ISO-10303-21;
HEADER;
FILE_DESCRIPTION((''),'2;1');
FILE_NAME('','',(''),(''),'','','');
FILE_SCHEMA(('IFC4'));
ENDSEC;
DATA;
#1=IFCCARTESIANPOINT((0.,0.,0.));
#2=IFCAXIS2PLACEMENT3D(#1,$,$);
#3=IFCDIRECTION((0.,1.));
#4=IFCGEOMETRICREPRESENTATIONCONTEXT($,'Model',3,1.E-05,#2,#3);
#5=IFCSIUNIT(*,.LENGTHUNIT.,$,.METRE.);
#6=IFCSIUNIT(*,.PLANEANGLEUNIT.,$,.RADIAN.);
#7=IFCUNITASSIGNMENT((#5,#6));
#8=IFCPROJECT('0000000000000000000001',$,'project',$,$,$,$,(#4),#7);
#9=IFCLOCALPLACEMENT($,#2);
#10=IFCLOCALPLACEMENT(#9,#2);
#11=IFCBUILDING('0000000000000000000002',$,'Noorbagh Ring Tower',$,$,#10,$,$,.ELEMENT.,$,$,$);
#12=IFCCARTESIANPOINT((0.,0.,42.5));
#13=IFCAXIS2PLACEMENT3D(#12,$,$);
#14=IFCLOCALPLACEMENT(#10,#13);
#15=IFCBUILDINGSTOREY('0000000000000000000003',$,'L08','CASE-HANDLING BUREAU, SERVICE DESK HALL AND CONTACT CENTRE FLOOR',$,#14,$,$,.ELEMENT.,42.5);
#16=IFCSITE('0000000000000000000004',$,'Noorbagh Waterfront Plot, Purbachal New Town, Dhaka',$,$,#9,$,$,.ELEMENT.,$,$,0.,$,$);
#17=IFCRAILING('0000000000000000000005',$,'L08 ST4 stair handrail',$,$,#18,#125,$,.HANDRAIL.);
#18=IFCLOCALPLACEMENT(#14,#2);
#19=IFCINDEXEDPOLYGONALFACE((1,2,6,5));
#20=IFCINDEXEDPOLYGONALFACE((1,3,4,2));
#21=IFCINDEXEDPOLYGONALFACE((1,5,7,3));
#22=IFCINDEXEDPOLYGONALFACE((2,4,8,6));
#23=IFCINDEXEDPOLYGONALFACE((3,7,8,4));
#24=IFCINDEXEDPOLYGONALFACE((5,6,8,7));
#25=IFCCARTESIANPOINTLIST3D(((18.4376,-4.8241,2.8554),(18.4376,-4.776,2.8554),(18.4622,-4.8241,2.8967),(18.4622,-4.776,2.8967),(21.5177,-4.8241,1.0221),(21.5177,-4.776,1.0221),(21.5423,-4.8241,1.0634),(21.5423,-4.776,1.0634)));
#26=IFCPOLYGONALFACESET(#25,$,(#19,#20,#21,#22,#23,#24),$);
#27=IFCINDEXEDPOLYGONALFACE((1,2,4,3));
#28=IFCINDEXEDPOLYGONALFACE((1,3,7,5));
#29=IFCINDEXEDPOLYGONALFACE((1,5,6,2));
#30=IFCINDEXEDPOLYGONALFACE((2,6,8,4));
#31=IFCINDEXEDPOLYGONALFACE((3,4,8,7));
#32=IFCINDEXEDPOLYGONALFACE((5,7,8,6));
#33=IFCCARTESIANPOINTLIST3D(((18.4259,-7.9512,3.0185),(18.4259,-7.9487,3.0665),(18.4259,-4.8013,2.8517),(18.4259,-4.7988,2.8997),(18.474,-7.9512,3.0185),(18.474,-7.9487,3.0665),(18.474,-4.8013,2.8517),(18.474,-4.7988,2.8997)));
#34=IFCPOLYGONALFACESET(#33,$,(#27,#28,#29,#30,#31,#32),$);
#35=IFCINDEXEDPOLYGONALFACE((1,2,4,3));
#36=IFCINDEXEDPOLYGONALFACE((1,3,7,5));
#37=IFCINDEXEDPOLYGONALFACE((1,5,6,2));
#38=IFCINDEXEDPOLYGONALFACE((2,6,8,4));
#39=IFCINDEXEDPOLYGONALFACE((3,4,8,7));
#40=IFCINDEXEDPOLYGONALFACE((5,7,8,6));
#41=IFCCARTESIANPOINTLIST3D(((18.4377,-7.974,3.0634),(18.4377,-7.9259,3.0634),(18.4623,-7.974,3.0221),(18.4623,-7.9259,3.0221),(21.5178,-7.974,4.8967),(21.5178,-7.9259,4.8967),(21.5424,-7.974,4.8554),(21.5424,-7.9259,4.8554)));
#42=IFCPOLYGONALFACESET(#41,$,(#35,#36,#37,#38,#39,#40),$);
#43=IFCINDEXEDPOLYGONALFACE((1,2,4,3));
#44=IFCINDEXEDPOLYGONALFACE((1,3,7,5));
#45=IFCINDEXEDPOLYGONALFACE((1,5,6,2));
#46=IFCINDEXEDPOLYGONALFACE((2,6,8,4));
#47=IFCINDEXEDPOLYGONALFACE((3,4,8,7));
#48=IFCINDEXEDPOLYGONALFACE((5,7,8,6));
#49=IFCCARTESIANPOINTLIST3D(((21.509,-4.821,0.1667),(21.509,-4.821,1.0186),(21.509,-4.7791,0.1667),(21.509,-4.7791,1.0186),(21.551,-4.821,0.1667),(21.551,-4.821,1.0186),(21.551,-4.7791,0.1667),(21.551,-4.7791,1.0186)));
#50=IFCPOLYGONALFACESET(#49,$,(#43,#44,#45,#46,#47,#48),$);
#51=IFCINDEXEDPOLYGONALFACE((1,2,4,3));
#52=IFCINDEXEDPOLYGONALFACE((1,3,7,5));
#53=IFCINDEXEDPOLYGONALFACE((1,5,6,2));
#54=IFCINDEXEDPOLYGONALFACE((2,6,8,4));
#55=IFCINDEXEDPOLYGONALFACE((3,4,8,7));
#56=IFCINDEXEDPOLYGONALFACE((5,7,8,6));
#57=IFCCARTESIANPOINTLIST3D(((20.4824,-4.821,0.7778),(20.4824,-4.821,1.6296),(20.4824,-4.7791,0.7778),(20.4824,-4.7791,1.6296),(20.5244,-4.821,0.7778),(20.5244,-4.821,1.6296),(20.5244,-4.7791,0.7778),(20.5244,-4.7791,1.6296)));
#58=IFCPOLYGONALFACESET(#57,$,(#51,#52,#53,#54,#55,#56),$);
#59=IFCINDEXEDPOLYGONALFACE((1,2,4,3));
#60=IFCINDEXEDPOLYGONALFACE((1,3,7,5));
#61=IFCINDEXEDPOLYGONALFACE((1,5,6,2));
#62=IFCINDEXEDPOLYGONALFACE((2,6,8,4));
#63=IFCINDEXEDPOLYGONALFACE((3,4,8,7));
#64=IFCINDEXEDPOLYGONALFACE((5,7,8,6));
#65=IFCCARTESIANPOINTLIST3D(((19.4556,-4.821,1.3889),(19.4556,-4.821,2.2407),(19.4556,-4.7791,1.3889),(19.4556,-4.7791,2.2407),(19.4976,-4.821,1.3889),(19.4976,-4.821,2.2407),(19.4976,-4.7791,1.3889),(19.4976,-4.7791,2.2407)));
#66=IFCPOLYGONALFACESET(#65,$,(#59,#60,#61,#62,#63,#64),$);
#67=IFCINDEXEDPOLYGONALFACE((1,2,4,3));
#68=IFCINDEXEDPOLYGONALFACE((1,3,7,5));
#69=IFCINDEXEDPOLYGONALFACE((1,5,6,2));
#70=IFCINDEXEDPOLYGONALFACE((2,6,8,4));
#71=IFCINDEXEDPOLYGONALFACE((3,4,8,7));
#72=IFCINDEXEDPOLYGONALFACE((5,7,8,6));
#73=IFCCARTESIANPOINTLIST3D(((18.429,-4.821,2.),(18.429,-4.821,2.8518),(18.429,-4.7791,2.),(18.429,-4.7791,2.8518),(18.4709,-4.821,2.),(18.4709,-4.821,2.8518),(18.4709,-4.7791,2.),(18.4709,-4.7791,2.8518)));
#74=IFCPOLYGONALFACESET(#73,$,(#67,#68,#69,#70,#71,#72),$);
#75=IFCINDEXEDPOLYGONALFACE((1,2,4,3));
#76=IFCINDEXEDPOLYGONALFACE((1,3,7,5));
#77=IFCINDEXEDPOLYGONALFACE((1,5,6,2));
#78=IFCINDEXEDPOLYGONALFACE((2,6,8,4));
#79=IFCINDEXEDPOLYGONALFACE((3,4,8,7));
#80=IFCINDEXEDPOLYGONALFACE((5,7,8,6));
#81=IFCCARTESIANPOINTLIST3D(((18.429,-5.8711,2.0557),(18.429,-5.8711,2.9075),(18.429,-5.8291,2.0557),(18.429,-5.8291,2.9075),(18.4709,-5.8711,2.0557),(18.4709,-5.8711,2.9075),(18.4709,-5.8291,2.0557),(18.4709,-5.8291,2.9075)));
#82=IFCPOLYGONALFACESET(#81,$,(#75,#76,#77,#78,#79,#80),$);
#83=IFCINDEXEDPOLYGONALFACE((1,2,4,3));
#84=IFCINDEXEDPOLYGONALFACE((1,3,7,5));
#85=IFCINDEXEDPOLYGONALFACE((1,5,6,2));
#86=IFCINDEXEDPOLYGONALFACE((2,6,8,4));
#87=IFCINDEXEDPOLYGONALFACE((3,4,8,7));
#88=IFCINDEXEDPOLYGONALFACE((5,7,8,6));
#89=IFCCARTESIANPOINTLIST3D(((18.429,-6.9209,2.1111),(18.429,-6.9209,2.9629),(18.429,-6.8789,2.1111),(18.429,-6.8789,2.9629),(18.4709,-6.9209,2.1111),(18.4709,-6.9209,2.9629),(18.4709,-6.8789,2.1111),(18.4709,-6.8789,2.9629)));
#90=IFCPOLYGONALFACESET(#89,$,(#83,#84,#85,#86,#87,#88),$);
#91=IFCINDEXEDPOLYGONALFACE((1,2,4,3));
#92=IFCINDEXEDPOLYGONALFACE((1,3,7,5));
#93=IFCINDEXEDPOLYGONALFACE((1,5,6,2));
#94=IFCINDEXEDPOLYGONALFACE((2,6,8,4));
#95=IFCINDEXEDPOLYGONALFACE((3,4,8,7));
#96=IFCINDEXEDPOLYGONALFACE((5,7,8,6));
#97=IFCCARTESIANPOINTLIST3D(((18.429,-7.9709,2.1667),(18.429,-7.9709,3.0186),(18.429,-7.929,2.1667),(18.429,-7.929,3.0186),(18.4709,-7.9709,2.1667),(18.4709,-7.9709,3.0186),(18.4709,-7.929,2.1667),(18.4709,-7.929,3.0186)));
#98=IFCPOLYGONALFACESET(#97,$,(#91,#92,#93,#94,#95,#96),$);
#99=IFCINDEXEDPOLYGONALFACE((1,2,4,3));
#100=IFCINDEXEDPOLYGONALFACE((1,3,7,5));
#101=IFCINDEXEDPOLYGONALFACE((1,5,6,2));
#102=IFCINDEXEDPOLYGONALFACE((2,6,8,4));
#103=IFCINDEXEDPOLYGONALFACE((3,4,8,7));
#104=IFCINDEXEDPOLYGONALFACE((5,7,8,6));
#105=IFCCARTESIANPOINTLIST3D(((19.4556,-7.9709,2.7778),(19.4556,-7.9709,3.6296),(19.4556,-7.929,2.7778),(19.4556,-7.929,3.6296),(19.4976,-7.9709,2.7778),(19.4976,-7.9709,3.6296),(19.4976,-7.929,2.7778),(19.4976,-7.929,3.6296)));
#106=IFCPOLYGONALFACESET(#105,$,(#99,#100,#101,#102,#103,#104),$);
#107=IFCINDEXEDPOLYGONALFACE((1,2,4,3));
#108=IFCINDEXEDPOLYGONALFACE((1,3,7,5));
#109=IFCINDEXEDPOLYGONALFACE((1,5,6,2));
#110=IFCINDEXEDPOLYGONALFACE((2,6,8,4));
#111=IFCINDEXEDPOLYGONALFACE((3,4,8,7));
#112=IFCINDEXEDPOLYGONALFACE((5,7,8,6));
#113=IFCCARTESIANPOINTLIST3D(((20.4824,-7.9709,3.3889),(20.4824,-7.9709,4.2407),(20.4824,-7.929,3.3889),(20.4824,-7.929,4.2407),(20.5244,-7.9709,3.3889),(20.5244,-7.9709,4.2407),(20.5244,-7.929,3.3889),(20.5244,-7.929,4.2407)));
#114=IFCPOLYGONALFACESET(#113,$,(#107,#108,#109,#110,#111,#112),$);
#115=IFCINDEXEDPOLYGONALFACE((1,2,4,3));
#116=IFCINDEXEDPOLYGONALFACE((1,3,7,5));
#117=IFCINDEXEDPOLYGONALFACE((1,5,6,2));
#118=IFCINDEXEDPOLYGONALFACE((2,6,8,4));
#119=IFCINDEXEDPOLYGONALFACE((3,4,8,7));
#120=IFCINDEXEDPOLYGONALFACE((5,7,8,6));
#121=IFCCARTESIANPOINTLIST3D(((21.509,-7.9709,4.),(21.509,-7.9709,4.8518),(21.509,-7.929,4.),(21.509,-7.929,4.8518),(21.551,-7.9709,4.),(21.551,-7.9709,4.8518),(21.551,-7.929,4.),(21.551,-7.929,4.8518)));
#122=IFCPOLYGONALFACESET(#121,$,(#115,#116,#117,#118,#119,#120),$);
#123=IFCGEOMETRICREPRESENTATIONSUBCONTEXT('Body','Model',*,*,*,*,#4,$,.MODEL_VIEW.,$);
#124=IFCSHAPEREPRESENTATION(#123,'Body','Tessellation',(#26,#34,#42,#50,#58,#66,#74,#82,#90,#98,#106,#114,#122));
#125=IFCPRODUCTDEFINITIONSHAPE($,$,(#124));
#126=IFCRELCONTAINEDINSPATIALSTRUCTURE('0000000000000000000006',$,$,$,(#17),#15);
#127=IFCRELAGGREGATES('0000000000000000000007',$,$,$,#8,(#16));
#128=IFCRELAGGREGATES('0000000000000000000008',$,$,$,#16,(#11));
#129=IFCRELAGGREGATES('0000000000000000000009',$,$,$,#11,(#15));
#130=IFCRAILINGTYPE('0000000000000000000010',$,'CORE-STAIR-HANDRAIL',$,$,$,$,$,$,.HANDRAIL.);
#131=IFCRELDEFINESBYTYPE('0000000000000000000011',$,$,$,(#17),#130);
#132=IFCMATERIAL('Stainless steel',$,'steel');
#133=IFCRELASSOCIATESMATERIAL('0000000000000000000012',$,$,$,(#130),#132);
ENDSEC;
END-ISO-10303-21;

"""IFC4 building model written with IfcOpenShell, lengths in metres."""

from ifc_helpers import new_model, si_unit, direction, frame, origin, origin_2d, place, context, subcontext, project, spatial, rectangle, extrude, material, type_object, element, save


model = new_model("IFC4")

# Units and contexts
model_context = context("Model", 3, precision=1e-05, world=origin(), true_north=direction((0.0, 1.0)))
body_context = subcontext(model_context, "Body", "Model", "MODEL_VIEW")
ifc_project = project(units=[si_unit("LENGTHUNIT", "METRE"), si_unit("PLANEANGLEUNIT", "RADIAN")], contexts=[model_context])

# Site, building, storey
site_placement = place(None, origin())
site = spatial("IfcSite", under=ifc_project, at=site_placement, Name="Noorbagh Waterfront Plot, Purbachal New Town, Dhaka", CompositionType="ELEMENT", RefElevation=0.0)
building_placement = place(site_placement, origin())
building = spatial("IfcBuilding", under=site, at=building_placement, Name="Noorbagh Ring Tower", CompositionType="ELEMENT")
storey_placement = place(building_placement, frame((0.0, 0.0, 42.5)))
storey = spatial("IfcBuildingStorey", under=building, at=storey_placement, Name="L08", Description="CASE-HANDLING BUREAU, SERVICE DESK HALL AND CONTACT CENTRE FLOOR", CompositionType="ELEMENT", Elevation=42.5)

# Railing
ifc_material_1 = material(Name="Stainless steel", Category="steel")
railing_type_1 = type_object("IfcRailingType", Name="CORE-STAIR-HANDRAIL", PredefinedType="HANDRAIL", material=ifc_material_1)
railing_1_placement = place(storey_placement, frame((21.53, -4.8, 0.1667)))
element("IfcRailing", 1, at=railing_1_placement, inside=storey, type_object=railing_type_1, Name="L08 ST4 stair handrail", PredefinedType="HANDRAIL", context=body_context, shape_type="SweptSolid", body=[
    extrude(rectangle(XDim=0.0481, YDim=0.0481, at=origin_2d()), frame((0.0, 0.0, 0.876), z_axis=(-0.859309, 0.0, 0.511458), x_axis=(0.0, -1.0, 0.0)), (0.0, 0.0, 1.0), 3.5845),
    extrude(rectangle(XDim=0.0481, YDim=0.0481, at=origin_2d()), frame((-3.0801, 0.0, 2.709), z_axis=(0.0, -0.998602, 0.052864), x_axis=(1.0, 0.0, 0.0)), (0.0, 0.0, 1.0), 3.1543),
    extrude(rectangle(XDim=0.0481, YDim=0.0481, at=origin_2d()), frame((-3.0801, -3.1499, 2.876), z_axis=(0.859309, 0.0, 0.511458), x_axis=(0.0, 1.0, 0.0)), (0.0, 0.0, 1.0), 3.5845),
    extrude(rectangle(XDim=0.042, YDim=0.042, at=origin_2d()), origin(), (0.0, 0.0, 1.0), 0.8518),
    extrude(rectangle(XDim=0.042, YDim=0.042, at=origin_2d()), frame((-1.0266, 0.0, 0.6111)), (0.0, 0.0, 1.0), 0.8518),
    extrude(rectangle(XDim=0.042, YDim=0.042, at=origin_2d()), frame((-2.0535, 0.0, 1.2222)), (0.0, 0.0, 1.0), 0.8518),
    extrude(rectangle(XDim=0.042, YDim=0.042, at=origin_2d()), frame((-3.0801, 0.0, 1.8333)), (0.0, 0.0, 1.0), 0.8518),
    extrude(rectangle(XDim=0.042, YDim=0.042, at=origin_2d()), frame((-3.0801, -1.05, 1.8889)), (0.0, 0.0, 1.0), 0.8518),
    extrude(rectangle(XDim=0.042, YDim=0.042, at=origin_2d()), frame((-3.0801, -2.0999, 1.9443)), (0.0, 0.0, 1.0), 0.8518),
    extrude(rectangle(XDim=0.042, YDim=0.042, at=origin_2d()), frame((-3.0801, -3.1499, 2.0)), (0.0, 0.0, 1.0), 0.8518),
    extrude(rectangle(XDim=0.042, YDim=0.042, at=origin_2d()), frame((-2.0535, -3.1499, 2.6111)), (0.0, 0.0, 1.0), 0.8518),
    extrude(rectangle(XDim=0.042, YDim=0.042, at=origin_2d()), frame((-1.0266, -3.1499, 3.2222)), (0.0, 0.0, 1.0), 0.8518),
    extrude(rectangle(XDim=0.042, YDim=0.042, at=origin_2d()), frame((0.0, -3.1499, 3.8333)), (0.0, 0.0, 1.0), 0.8518),
])

save(model, "model.ifc")
